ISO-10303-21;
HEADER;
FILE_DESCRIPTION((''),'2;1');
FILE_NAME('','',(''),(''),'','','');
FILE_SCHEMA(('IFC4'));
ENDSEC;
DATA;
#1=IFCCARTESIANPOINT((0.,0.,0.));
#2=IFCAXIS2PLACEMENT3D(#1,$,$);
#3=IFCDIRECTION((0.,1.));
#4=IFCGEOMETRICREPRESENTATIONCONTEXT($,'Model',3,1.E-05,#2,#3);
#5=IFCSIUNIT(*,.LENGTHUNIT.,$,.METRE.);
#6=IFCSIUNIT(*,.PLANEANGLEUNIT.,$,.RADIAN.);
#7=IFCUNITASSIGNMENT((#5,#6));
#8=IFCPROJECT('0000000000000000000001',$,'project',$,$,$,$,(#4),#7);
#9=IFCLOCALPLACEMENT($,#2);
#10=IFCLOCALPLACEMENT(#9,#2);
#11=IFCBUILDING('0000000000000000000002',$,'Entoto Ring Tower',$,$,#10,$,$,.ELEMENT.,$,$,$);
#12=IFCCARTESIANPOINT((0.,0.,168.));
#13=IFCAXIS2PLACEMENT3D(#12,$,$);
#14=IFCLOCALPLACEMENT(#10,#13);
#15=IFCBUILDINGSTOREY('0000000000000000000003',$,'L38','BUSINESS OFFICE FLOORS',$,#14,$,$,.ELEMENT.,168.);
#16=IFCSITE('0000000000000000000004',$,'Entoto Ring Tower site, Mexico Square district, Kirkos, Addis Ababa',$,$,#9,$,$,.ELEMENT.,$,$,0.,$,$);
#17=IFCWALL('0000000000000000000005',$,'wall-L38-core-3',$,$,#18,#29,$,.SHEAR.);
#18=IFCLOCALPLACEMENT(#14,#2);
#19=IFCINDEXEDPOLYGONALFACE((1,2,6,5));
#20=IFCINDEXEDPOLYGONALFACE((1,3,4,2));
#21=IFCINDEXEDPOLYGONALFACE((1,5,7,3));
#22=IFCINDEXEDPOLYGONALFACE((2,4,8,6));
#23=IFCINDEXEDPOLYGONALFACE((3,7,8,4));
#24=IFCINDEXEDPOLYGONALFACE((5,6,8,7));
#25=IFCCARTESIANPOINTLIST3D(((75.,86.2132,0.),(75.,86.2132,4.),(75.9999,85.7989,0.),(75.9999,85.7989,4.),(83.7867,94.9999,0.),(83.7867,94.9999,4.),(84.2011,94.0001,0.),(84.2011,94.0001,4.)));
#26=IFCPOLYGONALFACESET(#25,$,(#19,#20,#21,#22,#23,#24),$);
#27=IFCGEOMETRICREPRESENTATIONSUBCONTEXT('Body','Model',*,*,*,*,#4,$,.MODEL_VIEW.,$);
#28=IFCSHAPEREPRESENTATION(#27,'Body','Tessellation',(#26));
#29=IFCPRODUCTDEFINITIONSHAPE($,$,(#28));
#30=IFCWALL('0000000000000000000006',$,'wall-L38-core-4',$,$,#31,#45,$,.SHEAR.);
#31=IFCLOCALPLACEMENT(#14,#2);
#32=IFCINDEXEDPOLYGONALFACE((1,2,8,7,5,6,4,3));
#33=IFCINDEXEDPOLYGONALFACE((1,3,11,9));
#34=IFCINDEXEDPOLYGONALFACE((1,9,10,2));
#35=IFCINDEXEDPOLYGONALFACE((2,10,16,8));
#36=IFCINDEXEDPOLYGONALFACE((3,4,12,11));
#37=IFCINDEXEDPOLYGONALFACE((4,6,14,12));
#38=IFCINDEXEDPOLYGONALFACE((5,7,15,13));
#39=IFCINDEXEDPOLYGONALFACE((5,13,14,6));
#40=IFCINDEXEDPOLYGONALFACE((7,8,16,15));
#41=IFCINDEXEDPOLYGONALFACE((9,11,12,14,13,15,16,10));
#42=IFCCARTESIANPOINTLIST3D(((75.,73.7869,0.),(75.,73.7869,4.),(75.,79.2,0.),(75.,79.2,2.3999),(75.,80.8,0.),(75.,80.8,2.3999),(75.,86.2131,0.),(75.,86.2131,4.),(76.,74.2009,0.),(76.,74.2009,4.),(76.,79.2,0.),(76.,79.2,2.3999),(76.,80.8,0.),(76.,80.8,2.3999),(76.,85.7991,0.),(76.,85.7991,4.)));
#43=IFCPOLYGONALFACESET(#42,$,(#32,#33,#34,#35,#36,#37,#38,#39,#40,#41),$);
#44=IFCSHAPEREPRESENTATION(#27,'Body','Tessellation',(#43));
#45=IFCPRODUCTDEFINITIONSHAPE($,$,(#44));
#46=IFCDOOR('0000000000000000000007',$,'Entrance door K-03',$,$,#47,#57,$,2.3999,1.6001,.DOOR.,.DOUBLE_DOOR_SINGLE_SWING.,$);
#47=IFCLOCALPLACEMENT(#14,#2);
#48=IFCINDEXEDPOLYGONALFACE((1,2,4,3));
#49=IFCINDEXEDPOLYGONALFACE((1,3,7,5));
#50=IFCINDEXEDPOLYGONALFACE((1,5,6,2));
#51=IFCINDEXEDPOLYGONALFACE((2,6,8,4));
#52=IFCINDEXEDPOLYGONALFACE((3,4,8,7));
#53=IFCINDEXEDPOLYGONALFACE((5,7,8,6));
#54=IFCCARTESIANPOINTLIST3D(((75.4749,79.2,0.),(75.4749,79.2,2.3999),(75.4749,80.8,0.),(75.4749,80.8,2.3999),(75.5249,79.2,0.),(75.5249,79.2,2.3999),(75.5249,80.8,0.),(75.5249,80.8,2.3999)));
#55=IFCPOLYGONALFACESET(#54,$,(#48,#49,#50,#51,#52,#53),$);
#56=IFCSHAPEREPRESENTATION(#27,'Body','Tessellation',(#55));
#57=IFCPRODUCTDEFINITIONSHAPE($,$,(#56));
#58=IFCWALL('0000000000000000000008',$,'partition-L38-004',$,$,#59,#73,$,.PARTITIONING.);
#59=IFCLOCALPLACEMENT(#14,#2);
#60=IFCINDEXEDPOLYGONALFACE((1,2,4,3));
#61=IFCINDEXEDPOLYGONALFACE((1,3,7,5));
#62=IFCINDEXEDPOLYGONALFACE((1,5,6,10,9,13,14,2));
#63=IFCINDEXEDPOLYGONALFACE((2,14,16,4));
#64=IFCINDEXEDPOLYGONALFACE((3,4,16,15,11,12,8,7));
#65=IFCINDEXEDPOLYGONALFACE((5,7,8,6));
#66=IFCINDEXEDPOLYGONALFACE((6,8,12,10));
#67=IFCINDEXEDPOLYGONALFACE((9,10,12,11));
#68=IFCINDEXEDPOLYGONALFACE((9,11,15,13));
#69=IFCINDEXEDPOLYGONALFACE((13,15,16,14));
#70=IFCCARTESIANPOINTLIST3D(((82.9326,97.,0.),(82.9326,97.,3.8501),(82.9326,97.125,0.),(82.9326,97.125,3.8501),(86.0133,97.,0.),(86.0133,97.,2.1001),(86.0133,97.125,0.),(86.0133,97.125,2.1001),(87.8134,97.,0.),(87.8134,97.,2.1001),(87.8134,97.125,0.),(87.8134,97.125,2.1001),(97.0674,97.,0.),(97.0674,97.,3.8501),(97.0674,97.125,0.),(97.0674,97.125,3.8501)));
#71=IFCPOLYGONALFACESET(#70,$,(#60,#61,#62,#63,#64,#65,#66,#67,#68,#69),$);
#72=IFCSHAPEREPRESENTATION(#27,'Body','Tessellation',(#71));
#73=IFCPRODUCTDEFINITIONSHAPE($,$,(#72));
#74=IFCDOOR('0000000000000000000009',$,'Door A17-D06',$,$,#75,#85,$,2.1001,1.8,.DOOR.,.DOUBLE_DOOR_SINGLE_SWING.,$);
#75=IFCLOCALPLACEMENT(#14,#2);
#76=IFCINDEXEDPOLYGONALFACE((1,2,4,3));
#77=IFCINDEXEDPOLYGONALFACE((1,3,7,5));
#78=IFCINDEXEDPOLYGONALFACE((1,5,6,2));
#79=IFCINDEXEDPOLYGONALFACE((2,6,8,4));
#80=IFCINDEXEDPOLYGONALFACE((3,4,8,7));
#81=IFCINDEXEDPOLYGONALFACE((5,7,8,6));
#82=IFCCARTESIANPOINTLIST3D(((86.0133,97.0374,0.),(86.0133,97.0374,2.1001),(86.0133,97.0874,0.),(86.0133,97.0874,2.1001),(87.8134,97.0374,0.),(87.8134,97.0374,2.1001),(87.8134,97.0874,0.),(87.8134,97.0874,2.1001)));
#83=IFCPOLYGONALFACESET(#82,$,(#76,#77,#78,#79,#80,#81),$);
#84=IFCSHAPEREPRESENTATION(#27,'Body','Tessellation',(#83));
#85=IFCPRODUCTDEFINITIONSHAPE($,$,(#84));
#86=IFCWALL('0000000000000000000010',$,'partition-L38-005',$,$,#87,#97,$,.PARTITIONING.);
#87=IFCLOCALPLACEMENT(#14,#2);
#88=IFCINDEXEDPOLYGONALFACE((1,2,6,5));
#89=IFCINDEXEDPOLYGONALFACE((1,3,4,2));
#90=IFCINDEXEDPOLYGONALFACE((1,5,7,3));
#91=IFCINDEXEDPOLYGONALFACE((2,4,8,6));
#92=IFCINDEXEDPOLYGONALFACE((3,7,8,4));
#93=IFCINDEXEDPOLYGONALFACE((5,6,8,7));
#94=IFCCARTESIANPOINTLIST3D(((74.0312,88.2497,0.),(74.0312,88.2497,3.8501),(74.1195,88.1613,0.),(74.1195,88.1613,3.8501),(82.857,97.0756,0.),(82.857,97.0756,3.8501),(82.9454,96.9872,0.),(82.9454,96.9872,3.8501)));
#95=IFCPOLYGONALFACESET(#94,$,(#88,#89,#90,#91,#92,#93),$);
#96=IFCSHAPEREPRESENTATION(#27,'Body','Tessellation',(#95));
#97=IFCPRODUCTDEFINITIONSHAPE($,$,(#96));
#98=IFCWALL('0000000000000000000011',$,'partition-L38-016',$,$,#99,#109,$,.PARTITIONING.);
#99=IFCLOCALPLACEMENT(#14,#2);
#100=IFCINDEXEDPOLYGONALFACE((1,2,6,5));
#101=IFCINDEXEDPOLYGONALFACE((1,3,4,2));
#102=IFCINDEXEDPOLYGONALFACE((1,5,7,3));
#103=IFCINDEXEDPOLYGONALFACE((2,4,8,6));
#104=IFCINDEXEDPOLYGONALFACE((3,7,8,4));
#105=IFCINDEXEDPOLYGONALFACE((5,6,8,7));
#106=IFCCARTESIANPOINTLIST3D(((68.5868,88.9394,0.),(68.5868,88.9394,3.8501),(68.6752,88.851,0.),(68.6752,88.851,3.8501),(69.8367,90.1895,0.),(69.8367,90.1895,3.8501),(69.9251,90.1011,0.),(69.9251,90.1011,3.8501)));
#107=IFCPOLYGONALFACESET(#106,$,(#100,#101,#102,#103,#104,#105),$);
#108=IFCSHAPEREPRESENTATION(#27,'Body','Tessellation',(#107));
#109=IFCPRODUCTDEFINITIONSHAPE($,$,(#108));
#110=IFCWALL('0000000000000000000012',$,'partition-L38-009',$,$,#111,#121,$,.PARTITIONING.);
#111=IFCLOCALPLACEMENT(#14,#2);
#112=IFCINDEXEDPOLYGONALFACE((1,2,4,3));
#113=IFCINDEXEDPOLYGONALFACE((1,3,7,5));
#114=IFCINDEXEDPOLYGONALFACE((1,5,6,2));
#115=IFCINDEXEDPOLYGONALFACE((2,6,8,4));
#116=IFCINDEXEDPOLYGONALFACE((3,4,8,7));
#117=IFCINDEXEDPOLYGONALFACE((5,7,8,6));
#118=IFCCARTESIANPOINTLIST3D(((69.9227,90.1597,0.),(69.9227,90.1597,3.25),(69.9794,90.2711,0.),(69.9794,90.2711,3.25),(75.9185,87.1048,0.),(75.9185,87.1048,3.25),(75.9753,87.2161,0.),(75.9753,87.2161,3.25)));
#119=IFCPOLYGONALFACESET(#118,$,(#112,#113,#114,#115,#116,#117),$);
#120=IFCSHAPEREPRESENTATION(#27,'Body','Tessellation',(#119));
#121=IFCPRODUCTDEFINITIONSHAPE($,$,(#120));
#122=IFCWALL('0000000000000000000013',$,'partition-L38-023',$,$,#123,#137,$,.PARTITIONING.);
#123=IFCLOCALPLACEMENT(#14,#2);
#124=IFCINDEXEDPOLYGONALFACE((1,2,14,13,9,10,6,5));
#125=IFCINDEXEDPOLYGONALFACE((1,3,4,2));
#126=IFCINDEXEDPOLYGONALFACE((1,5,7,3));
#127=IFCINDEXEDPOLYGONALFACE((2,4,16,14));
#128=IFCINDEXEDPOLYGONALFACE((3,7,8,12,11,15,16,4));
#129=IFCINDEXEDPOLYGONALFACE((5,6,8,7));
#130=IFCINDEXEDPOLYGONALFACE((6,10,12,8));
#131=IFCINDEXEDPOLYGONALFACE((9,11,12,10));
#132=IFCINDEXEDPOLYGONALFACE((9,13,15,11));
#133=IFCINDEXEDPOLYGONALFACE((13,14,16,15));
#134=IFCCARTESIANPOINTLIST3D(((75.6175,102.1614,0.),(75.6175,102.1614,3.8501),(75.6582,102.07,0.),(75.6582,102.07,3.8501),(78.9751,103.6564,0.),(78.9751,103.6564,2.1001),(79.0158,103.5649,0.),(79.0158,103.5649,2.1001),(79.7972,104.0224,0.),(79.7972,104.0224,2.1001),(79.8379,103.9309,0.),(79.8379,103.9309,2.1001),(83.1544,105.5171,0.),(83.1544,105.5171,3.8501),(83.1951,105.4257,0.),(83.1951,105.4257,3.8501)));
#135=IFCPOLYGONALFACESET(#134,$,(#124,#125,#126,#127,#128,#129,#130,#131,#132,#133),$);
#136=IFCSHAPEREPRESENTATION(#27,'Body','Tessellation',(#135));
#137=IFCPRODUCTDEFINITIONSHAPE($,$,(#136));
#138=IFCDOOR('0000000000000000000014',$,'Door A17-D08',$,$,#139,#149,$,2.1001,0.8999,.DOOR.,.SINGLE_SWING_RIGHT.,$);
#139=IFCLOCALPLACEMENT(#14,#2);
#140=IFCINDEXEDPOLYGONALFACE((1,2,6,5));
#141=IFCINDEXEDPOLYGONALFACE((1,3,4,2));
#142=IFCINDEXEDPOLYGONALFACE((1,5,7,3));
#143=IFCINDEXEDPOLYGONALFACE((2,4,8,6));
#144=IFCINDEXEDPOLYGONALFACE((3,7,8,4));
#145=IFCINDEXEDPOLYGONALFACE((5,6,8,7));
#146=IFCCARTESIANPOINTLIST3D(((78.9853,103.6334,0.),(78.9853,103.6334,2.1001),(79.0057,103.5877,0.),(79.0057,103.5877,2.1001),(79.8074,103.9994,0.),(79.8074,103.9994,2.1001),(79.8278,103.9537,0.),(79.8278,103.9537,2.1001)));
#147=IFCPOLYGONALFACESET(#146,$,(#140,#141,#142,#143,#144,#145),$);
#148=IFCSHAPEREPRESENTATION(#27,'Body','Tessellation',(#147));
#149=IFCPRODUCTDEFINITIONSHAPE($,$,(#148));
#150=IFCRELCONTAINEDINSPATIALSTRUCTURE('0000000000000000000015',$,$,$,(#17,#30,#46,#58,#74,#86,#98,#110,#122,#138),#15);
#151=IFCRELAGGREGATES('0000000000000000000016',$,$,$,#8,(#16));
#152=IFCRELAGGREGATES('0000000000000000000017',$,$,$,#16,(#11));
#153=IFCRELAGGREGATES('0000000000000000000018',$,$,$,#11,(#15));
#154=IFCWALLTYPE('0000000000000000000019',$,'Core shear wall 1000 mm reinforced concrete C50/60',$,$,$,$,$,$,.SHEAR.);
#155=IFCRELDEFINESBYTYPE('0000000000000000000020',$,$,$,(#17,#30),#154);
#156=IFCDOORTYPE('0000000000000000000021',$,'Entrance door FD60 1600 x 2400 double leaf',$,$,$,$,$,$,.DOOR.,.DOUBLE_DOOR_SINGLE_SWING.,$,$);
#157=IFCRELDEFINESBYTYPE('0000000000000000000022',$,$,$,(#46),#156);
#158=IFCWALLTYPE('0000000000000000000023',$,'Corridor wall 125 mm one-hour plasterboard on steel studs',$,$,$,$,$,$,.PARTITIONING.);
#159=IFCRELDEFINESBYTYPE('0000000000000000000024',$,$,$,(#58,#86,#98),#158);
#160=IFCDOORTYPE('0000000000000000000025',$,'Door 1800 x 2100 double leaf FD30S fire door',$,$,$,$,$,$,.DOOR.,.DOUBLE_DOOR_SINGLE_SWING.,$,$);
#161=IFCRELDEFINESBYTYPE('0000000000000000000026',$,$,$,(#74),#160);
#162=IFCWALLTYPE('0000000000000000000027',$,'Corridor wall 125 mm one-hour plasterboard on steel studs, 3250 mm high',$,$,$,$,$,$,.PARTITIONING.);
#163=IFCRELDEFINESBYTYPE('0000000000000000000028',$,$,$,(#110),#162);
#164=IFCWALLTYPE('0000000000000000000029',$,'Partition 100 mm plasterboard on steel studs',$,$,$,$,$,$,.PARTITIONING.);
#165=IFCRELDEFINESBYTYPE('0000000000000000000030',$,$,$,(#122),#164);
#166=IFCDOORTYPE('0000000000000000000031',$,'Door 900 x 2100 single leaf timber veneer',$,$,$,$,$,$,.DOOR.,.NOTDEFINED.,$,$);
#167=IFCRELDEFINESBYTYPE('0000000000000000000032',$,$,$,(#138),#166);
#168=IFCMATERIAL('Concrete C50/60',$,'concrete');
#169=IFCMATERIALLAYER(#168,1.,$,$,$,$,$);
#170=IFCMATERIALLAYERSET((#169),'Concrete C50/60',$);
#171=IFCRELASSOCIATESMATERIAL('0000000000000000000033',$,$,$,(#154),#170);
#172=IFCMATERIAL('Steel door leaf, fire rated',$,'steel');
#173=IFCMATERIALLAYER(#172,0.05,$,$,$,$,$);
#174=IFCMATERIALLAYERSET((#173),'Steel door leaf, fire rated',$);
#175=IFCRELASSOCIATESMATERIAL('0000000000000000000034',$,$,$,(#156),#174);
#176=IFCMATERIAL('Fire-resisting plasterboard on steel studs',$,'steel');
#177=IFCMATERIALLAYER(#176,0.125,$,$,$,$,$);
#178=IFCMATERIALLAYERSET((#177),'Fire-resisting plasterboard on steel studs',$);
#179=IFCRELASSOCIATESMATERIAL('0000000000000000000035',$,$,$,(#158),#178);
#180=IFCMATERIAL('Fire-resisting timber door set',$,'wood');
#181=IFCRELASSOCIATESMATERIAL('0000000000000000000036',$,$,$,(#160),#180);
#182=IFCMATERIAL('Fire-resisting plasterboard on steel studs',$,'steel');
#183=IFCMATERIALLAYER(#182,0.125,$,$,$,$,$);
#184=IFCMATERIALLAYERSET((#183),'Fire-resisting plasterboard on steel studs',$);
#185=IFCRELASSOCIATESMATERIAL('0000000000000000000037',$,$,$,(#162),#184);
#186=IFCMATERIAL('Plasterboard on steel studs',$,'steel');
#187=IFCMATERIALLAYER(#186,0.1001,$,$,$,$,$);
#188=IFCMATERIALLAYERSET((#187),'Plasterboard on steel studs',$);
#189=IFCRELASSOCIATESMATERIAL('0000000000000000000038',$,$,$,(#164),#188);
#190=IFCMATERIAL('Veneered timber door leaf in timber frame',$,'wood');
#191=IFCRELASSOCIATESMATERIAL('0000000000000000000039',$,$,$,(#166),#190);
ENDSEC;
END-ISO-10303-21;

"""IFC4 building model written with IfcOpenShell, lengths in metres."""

from ifc_helpers import new_model, si_unit, direction, frame, frame_2d, origin, place, context, subcontext, project, spatial, polyline, rectangle, outline, extrude, material, layer, layer_set, type_object, element, fill, save


model = new_model("IFC4")

# Units and contexts
model_context = context("Model", 3, precision=1e-05, world=origin(), true_north=direction((0.0, 1.0)))
body_context = subcontext(model_context, "Body", "Model", "MODEL_VIEW")
ifc_project = project(units=[si_unit("LENGTHUNIT", "METRE"), si_unit("PLANEANGLEUNIT", "RADIAN")], contexts=[model_context])

# Site, building, storey
site_placement = place(None, origin())
site = spatial("IfcSite", under=ifc_project, at=site_placement, Name="Entoto Ring Tower site, Mexico Square district, Kirkos, Addis Ababa", CompositionType="ELEMENT", RefElevation=0.0)
building_placement = place(site_placement, origin())
building = spatial("IfcBuilding", under=site, at=building_placement, Name="Entoto Ring Tower", CompositionType="ELEMENT")
storey_placement = place(building_placement, frame((0.0, 0.0, 168.0)))
storey = spatial("IfcBuildingStorey", under=building, at=storey_placement, Name="L38", Description="BUSINESS OFFICE FLOORS", CompositionType="ELEMENT", Elevation=168.0)

# Wall
ifc_material_1 = material(Name="Concrete C50/60", Category="concrete")
ifc_layer_1 = layer(ifc_material_1, 1.0)
ifc_layer_set_1 = layer_set([ifc_layer_1], Name="Concrete C50/60")
wall_type_1 = type_object("IfcWallType", Name="Core shear wall 1000 mm reinforced concrete C50/60", PredefinedType="SHEAR", material=ifc_layer_set_1)
wall_1_placement = place(storey_placement, frame((83.9939, 94.5, 0.0), z_axis=(0.0, 0.0, 1.0), x_axis=(-0.707107, -0.707107, 0.0)))
element("IfcWall", 1, at=wall_1_placement, inside=storey, type_object=wall_type_1, Name="wall-L38-core-3", PredefinedType="SHEAR", context=body_context, shape_type="SweptSolid", body=[
    extrude(outline(polyline([(-0.207, -0.5), (12.2192, -0.5), (11.8052, 0.5), (0.207, 0.5), (-0.207, -0.5)])), origin(), (0.0, 0.0, 1.0), 4.0),
])

# Walls, openings, doors
wall_2_placement = place(storey_placement, frame((75.5, 86.0061, 0.0), z_axis=(0.0, 0.0, 1.0), x_axis=(0.0, -1.0, 0.0)))
wall_2 = element("IfcWall", 2, at=wall_2_placement, inside=storey, type_object=wall_type_1, Name="wall-L38-core-4", PredefinedType="SHEAR", context=body_context, shape_type="SweptSolid", body=[
    extrude(outline(polyline([(-0.207, -0.5), (12.2192, -0.5), (11.8052, 0.5), (0.207, 0.5), (-0.207, -0.5)])), origin(), (0.0, 0.0, 1.0), 4.0),
])
opening_1_placement = place(wall_2_placement, frame((5.2061, 0.0, 0.0)))
opening_1 = element("IfcOpeningElement", 3, at=opening_1_placement, cuts=wall_2, PredefinedType="OPENING", context=body_context, shape_type="SweptSolid", body=[
    extrude(rectangle(XDim=1.6001, YDim=2.3999, at=frame_2d((0.8, 1.2))), frame((0.0, 0.51, 0.0), z_axis=(0.0, -1.0, 0.0), x_axis=(1.0, 0.0, 0.0)), (0.0, 0.0, 1.0), 1.02),
])
ifc_material_2 = material(Name="Steel door leaf, fire rated", Category="steel")
ifc_layer_2 = layer(ifc_material_2, 0.05)
ifc_layer_set_2 = layer_set([ifc_layer_2], Name="Steel door leaf, fire rated")
door_type_1 = type_object("IfcDoorType", Name="Entrance door FD60 1600 x 2400 double leaf", OperationType="DOUBLE_DOOR_SINGLE_SWING", PredefinedType="DOOR", material=ifc_layer_set_2)
door_1_placement = place(opening_1_placement, origin())
door_1 = element("IfcDoor", 4, at=door_1_placement, inside=storey, type_object=door_type_1, Name="Entrance door K-03", OperationType="DOUBLE_DOOR_SINGLE_SWING", OverallHeight=2.3999, OverallWidth=1.6001, PredefinedType="DOOR", context=body_context, shape_type="SweptSolid", body=[
    extrude(rectangle(XDim=1.6001, YDim=2.3999, at=frame_2d((0.8, 1.2))), frame((0.0, 0.0249, 0.0), z_axis=(0.0, -1.0, 0.0), x_axis=(1.0, 0.0, 0.0)), (0.0, 0.0, 1.0), 0.05),
])
fill(opening_1, door_1)
ifc_material_3 = material(Name="Fire-resisting plasterboard on steel studs", Category="steel")
ifc_layer_3 = layer(ifc_material_3, 0.125)
ifc_layer_set_3 = layer_set([ifc_layer_3], Name="Fire-resisting plasterboard on steel studs")
wall_type_2 = type_object("IfcWallType", Name="Corridor wall 125 mm one-hour plasterboard on steel studs", PredefinedType="PARTITIONING", material=ifc_layer_set_3)
wall_3_placement = place(storey_placement, frame((82.9326, 97.0625, 0.0), z_axis=(0.0, 0.0, 1.0), x_axis=(1.0, 0.0, 0.0)))
wall_3 = element("IfcWall", 5, at=wall_3_placement, inside=storey, type_object=wall_type_2, Name="partition-L38-004", PredefinedType="PARTITIONING", context=body_context, shape_type="SweptSolid", body=[
    extrude(rectangle(XDim=14.1348, YDim=0.125, at=frame_2d((7.0674, 0.0))), origin(), (0.0, 0.0, 1.0), 3.8501),
])
opening_2_placement = place(wall_3_placement, frame((3.0808, 0.0, 0.0)))
opening_2 = element("IfcOpeningElement", 6, at=opening_2_placement, cuts=wall_3, PredefinedType="OPENING", context=body_context, shape_type="SweptSolid", body=[
    extrude(rectangle(XDim=1.8, YDim=2.1001, at=frame_2d((0.8999, 1.05))), frame((0.0, 0.0725, 0.0), z_axis=(0.0, -1.0, 0.0), x_axis=(1.0, 0.0, 0.0)), (0.0, 0.0, 1.0), 0.145),
])
ifc_material_4 = material(Name="Fire-resisting timber door set", Category="wood")
door_type_2 = type_object("IfcDoorType", Name="Door 1800 x 2100 double leaf FD30S fire door", OperationType="DOUBLE_DOOR_SINGLE_SWING", PredefinedType="DOOR", material=ifc_material_4)
door_2_placement = place(opening_2_placement, origin())
door_2 = element("IfcDoor", 7, at=door_2_placement, inside=storey, type_object=door_type_2, Name="Door A17-D06", OperationType="DOUBLE_DOOR_SINGLE_SWING", OverallHeight=2.1001, OverallWidth=1.8, PredefinedType="DOOR", context=body_context, shape_type="SweptSolid", body=[
    extrude(rectangle(XDim=1.8, YDim=2.1001, at=frame_2d((0.8999, 1.05))), frame((0.0, 0.0249, 0.0), z_axis=(0.0, -1.0, 0.0), x_axis=(1.0, 0.0, 0.0)), (0.0, 0.0, 1.0), 0.05),
])
fill(opening_2, door_2)

# Walls
wall_4_placement = place(storey_placement, frame((74.0754, 88.2056, 0.0), z_axis=(0.0, 0.0, 1.0), x_axis=(0.707107, 0.707107, 0.0)))
element("IfcWall", 8, at=wall_4_placement, inside=storey, type_object=wall_type_2, Name="partition-L38-005", PredefinedType="PARTITIONING", context=body_context, shape_type="SweptSolid", body=[
    extrude(rectangle(XDim=12.4817, YDim=0.125, at=frame_2d((6.2407, 0.0))), origin(), (0.0, 0.0, 1.0), 3.8501),
])
wall_5_placement = place(storey_placement, frame((68.6311, 88.8953, 0.0), z_axis=(0.0, 0.0, 1.0), x_axis=(0.707038, 0.707176, 0.0)))
element("IfcWall", 9, at=wall_5_placement, inside=storey, type_object=wall_type_2, Name="partition-L38-016", PredefinedType="PARTITIONING", context=body_context, shape_type="SweptSolid", body=[
    extrude(rectangle(XDim=1.7678, YDim=0.125, at=frame_2d((0.8838, 0.0))), origin(), (0.0, 0.0, 1.0), 3.8501),
])
ifc_material_5 = material(Name="Fire-resisting plasterboard on steel studs", Category="steel")
ifc_layer_4 = layer(ifc_material_5, 0.125)
ifc_layer_set_4 = layer_set([ifc_layer_4], Name="Fire-resisting plasterboard on steel studs")
wall_type_3 = type_object("IfcWallType", Name="Corridor wall 125 mm one-hour plasterboard on steel studs, 3250 mm high", PredefinedType="PARTITIONING", material=ifc_layer_set_4)
wall_6_placement = place(storey_placement, frame((75.947, 87.1604, 0.0), z_axis=(0.0, 0.0, 1.0), x_axis=(-0.891013, 0.453978, 0.0)))
element("IfcWall", 10, at=wall_6_placement, inside=storey, type_object=wall_type_3, Name="partition-L38-009", PredefinedType="PARTITIONING", context=body_context, shape_type="SweptSolid", body=[
    extrude(rectangle(XDim=6.7292, YDim=0.125, at=frame_2d((3.3647, 0.0))), origin(), (0.0, 0.0, 1.0), 3.25),
])

# Wall, opening, door
ifc_material_6 = material(Name="Plasterboard on steel studs", Category="steel")
ifc_layer_5 = layer(ifc_material_6, 0.1001)
ifc_layer_set_5 = layer_set([ifc_layer_5], Name="Plasterboard on steel studs")
wall_type_4 = type_object("IfcWallType", Name="Partition 100 mm plasterboard on steel studs", PredefinedType="PARTITIONING", material=ifc_layer_set_5)
wall_7_placement = place(storey_placement, frame((75.6379, 102.1157, 0.0), z_axis=(0.0, 0.0, 1.0), x_axis=(0.913542, 0.406745, 0.0)))
wall_7 = element("IfcWall", 11, at=wall_7_placement, inside=storey, type_object=wall_type_4, Name="partition-L38-023", PredefinedType="PARTITIONING", context=body_context, shape_type="SweptSolid", body=[
    extrude(rectangle(XDim=8.2502, YDim=0.1001, at=frame_2d((4.125, 0.0))), origin(), (0.0, 0.0, 1.0), 3.8501),
])
opening_3_placement = place(wall_7_placement, frame((3.6753, 0.0, 0.0)))
opening_3 = element("IfcOpeningElement", 12, at=opening_3_placement, cuts=wall_7, PredefinedType="OPENING", context=body_context, shape_type="SweptSolid", body=[
    extrude(rectangle(XDim=0.8999, YDim=2.1001, at=frame_2d((0.45, 1.05))), frame((0.0, 0.0601, 0.0), z_axis=(0.0, -1.0, 0.0), x_axis=(1.0, 0.0, 0.0)), (0.0, 0.0, 1.0), 0.1201),
])
ifc_material_7 = material(Name="Veneered timber door leaf in timber frame", Category="wood")
door_type_3 = type_object("IfcDoorType", Name="Door 900 x 2100 single leaf timber veneer", OperationType="NOTDEFINED", PredefinedType="DOOR", material=ifc_material_7)
door_3_placement = place(opening_3_placement, origin())
door_3 = element("IfcDoor", 13, at=door_3_placement, inside=storey, type_object=door_type_3, Name="Door A17-D08", OperationType="SINGLE_SWING_RIGHT", OverallHeight=2.1001, OverallWidth=0.8999, PredefinedType="DOOR", context=body_context, shape_type="SweptSolid", body=[
    extrude(rectangle(XDim=0.8999, YDim=2.1001, at=frame_2d((0.45, 1.05))), frame((0.0, 0.0249, 0.0), z_axis=(0.0, -1.0, 0.0), x_axis=(1.0, 0.0, 0.0)), (0.0, 0.0, 1.0), 0.05),
])
fill(opening_3, door_3)

save(model, "model.ifc")
